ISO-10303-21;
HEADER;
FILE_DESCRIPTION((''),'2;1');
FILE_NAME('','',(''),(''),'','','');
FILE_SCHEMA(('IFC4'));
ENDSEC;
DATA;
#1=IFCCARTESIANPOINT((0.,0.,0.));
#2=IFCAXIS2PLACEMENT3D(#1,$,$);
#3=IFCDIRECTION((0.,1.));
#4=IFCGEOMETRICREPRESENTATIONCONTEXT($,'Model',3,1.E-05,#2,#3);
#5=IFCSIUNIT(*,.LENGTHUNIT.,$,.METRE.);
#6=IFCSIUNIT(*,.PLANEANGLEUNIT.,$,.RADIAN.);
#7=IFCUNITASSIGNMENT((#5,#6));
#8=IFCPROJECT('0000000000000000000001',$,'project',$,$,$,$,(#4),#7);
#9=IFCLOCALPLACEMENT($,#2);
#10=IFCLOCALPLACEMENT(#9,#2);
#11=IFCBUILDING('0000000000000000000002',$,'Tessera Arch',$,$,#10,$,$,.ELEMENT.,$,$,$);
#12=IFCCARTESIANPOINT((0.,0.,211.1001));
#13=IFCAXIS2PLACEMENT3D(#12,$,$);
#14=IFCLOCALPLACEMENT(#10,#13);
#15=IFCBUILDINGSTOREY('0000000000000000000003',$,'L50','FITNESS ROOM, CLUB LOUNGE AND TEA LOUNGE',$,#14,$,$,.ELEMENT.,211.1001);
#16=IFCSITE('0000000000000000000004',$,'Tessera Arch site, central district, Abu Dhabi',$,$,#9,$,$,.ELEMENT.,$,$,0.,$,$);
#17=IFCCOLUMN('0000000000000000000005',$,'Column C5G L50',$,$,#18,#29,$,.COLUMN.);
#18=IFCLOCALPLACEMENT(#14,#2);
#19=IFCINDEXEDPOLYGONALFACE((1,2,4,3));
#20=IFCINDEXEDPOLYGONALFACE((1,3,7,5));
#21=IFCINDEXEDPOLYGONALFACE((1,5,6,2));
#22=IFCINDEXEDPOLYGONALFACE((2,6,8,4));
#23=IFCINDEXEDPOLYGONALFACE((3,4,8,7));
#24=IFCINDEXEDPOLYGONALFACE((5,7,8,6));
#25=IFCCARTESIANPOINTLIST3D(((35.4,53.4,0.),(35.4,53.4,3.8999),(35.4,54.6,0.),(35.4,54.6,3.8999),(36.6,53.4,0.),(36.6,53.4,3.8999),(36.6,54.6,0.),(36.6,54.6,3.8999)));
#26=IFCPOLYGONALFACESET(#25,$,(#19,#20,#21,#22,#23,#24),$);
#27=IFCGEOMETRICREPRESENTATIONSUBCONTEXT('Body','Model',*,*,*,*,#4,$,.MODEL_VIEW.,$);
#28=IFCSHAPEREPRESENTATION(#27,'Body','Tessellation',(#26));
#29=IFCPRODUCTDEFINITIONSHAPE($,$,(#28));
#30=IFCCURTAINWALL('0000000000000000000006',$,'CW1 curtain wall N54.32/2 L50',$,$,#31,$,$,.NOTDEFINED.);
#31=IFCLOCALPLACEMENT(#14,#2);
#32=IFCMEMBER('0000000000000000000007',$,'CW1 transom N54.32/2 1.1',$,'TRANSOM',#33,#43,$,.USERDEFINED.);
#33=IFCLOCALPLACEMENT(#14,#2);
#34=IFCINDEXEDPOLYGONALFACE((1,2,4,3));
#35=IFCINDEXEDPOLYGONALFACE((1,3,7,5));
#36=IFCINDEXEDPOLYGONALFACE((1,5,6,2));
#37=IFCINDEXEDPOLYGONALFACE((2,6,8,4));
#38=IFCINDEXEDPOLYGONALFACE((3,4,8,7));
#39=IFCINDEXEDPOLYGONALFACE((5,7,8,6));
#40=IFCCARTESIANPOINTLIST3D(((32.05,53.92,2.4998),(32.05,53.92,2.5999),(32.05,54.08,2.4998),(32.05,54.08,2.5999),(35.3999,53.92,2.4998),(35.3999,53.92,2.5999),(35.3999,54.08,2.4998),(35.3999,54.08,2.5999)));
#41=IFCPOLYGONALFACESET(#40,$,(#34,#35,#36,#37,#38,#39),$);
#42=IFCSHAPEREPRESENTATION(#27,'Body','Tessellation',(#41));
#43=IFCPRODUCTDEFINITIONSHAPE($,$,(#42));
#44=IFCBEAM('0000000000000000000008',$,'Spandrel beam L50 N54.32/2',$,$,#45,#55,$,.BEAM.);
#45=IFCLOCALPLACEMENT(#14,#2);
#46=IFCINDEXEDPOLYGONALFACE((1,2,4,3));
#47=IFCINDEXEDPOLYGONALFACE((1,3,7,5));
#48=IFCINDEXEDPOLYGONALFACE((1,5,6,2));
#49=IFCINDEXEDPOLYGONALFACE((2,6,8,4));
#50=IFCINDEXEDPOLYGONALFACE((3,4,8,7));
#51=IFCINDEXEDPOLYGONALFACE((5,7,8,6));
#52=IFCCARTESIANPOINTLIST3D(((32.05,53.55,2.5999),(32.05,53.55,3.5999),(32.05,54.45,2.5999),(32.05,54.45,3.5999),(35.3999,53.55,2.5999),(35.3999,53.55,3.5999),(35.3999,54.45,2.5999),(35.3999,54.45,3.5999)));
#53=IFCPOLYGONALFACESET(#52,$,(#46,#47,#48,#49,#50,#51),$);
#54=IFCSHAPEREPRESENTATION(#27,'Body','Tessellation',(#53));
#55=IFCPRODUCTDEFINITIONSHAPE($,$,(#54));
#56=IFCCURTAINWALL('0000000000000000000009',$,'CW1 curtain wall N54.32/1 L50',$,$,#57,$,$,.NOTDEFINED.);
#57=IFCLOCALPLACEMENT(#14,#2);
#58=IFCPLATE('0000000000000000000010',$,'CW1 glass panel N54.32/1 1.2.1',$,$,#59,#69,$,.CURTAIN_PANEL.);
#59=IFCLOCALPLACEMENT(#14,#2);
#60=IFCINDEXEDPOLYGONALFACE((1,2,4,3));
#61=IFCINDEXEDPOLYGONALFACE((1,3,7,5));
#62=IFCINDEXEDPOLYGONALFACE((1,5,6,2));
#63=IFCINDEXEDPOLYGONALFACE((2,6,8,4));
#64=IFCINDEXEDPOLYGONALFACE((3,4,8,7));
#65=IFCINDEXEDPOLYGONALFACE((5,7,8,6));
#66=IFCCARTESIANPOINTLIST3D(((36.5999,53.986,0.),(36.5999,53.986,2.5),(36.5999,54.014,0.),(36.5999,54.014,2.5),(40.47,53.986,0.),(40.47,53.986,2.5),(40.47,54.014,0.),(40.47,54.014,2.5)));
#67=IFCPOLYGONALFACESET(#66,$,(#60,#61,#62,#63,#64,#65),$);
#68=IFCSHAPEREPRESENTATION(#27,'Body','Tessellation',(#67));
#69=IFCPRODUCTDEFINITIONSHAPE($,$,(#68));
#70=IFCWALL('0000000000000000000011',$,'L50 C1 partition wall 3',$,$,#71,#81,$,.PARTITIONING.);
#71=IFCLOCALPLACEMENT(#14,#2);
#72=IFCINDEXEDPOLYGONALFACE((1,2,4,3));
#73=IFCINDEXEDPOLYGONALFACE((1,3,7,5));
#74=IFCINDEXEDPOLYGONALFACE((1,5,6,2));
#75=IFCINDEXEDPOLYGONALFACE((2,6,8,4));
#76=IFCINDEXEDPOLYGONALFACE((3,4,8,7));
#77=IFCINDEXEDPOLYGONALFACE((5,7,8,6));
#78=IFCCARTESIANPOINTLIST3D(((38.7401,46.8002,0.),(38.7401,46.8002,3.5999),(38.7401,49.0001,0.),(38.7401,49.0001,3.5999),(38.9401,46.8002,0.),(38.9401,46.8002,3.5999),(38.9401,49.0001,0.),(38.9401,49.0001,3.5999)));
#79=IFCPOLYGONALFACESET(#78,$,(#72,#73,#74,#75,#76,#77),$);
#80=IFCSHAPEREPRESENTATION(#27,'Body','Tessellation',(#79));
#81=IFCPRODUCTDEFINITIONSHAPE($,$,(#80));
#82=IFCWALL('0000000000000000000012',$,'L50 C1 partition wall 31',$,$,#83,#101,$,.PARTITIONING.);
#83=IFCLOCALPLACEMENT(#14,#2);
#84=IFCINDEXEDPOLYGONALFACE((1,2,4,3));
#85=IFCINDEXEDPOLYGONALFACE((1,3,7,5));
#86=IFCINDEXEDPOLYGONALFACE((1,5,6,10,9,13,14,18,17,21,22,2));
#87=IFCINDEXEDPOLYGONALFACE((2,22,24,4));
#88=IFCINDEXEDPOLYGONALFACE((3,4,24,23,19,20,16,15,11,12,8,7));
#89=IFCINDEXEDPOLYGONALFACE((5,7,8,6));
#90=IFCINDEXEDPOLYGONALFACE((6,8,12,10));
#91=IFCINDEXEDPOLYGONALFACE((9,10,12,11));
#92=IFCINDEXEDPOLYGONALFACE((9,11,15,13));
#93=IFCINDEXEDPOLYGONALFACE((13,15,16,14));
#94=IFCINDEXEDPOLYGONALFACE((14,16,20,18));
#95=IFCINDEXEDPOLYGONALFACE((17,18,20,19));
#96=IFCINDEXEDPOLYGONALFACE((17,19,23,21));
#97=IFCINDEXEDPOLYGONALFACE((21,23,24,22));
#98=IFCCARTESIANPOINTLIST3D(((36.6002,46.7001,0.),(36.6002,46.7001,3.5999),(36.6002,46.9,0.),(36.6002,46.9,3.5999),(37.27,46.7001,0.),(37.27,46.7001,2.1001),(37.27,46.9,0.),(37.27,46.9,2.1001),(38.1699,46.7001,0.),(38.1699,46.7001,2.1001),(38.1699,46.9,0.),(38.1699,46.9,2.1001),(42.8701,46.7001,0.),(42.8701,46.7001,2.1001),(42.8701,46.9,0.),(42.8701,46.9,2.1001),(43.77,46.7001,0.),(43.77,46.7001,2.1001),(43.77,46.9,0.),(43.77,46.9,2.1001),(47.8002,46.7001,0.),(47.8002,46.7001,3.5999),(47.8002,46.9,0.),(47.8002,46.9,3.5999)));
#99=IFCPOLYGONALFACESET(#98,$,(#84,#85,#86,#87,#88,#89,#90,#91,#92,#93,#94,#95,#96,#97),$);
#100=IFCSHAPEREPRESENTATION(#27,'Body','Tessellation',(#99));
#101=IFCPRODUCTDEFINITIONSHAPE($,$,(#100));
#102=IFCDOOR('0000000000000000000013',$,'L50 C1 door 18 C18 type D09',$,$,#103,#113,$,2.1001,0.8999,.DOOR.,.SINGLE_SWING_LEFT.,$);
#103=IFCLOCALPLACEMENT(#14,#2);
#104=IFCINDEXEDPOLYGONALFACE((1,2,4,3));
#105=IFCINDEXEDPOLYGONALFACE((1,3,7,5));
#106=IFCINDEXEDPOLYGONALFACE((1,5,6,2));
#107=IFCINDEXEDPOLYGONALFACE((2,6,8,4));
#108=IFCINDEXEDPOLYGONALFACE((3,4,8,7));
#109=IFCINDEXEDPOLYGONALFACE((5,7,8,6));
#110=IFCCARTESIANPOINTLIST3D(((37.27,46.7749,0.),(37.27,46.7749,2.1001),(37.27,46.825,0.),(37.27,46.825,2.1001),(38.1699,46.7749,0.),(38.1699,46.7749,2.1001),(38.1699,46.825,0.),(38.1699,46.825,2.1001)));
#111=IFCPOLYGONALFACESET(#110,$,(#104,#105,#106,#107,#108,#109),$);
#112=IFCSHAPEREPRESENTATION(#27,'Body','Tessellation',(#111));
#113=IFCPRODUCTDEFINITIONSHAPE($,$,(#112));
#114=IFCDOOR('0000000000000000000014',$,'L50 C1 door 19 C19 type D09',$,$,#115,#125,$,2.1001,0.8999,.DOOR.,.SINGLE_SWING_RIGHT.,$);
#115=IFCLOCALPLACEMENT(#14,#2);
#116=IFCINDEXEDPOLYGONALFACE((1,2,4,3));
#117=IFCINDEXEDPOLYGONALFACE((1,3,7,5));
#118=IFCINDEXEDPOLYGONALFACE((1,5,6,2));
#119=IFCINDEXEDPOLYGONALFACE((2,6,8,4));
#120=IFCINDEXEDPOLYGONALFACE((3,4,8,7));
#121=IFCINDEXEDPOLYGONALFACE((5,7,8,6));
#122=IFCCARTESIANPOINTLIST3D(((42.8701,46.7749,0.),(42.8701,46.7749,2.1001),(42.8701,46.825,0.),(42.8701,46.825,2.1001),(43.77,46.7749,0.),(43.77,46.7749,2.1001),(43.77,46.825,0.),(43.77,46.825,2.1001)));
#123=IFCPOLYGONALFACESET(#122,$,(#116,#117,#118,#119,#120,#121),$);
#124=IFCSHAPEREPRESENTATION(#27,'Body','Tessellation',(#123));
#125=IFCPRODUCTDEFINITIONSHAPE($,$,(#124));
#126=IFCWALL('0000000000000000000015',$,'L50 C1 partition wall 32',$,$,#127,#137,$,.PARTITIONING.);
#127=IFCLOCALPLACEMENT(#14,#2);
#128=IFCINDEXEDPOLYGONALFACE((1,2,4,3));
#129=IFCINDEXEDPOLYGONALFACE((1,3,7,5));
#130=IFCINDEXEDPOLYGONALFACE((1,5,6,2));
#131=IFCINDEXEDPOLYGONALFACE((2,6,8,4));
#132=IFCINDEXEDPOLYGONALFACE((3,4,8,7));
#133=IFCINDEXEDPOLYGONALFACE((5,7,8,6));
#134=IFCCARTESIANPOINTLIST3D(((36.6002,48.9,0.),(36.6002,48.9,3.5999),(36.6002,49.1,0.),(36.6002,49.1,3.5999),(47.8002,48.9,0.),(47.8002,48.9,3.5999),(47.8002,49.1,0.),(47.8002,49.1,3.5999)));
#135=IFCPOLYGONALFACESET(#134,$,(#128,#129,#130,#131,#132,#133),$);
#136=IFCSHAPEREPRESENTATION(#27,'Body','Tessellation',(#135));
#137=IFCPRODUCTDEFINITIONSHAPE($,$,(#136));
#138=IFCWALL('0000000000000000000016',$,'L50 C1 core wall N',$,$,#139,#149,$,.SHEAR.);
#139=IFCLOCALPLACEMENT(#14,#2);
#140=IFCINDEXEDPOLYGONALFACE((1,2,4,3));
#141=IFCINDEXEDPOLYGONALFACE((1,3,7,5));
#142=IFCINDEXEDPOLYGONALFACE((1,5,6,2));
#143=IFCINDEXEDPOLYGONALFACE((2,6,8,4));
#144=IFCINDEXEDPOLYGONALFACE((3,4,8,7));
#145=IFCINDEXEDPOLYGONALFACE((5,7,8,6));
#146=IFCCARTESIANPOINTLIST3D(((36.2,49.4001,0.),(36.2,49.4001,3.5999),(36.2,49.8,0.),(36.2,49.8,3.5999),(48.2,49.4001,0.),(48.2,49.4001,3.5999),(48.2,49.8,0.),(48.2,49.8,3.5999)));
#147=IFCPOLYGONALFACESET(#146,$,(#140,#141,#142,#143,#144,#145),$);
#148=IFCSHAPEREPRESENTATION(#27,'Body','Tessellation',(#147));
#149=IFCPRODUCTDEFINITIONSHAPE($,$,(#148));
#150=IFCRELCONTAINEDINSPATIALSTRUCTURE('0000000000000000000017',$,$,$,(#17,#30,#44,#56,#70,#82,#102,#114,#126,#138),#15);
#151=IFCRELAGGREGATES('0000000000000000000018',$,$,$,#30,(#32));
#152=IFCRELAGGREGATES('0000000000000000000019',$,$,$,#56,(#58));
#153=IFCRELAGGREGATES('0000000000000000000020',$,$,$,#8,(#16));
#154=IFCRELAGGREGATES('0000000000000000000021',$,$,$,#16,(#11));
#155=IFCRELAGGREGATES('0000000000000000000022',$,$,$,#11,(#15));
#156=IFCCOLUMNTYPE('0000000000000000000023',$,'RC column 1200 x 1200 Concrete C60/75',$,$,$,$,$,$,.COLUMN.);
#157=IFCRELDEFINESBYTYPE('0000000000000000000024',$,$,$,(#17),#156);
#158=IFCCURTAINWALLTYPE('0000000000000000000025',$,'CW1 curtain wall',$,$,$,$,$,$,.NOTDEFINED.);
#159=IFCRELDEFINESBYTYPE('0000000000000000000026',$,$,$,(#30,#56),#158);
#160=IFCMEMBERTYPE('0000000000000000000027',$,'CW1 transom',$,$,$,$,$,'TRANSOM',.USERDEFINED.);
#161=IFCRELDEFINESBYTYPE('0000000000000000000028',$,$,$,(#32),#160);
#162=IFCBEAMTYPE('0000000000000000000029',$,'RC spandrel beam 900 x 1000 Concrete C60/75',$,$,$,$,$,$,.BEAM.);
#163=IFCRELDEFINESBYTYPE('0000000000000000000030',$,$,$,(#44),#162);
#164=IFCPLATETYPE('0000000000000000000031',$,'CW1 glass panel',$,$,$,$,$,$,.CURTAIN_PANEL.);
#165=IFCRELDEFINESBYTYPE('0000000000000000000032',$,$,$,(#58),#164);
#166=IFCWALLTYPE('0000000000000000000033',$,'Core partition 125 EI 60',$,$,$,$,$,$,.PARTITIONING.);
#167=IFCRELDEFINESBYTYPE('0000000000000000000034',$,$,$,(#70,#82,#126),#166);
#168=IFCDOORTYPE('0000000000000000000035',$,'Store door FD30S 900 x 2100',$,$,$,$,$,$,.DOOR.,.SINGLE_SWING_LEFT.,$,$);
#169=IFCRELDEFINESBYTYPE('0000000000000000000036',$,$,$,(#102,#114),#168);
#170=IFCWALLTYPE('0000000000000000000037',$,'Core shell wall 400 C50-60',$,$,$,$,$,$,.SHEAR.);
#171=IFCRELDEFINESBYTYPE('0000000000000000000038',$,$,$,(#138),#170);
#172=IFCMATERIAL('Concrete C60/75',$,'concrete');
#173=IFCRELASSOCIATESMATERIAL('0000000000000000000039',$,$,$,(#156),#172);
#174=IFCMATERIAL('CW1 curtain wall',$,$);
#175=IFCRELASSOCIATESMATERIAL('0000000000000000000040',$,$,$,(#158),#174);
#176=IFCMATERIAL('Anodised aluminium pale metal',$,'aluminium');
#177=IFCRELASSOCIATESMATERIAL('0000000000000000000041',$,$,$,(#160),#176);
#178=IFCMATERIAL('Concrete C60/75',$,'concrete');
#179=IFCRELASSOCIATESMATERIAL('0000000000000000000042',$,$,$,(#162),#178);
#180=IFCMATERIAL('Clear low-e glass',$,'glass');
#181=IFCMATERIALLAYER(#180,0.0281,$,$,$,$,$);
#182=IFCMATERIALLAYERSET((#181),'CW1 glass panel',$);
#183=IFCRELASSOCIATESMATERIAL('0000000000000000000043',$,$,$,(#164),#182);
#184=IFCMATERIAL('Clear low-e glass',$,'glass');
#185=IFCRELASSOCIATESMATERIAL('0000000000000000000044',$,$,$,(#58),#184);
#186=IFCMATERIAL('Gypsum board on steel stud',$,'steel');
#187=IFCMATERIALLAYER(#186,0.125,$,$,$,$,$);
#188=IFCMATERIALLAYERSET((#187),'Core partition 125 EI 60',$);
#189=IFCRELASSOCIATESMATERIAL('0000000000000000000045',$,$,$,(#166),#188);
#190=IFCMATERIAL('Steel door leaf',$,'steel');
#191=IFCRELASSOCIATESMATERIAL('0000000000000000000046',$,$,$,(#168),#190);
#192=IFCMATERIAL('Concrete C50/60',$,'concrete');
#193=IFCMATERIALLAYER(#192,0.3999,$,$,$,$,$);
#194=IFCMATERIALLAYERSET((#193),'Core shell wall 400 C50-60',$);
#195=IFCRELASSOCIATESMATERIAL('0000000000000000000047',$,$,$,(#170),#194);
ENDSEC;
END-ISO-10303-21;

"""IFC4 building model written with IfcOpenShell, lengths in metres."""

from ifc_helpers import new_model, si_unit, direction, frame, frame_2d, origin, origin_2d, place, context, subcontext, project, spatial, rectangle, extrude, material, layer, layer_set, material_profile, profile_set, type_object, element, fill, aggregate, save


model = new_model("IFC4")

# Units and contexts
model_context = context("Model", 3, precision=1e-05, world=origin(), true_north=direction((0.0, 1.0)))
body_context = subcontext(model_context, "Body", "Model", "MODEL_VIEW")
ifc_project = project(units=[si_unit("LENGTHUNIT", "METRE"), si_unit("PLANEANGLEUNIT", "RADIAN")], contexts=[model_context])

# Site, building, storey
site_placement = place(None, origin())
site = spatial("IfcSite", under=ifc_project, at=site_placement, Name="Tessera Arch site, central district, Abu Dhabi", CompositionType="ELEMENT", RefElevation=0.0)
building_placement = place(site_placement, origin())
building = spatial("IfcBuilding", under=site, at=building_placement, Name="Tessera Arch", CompositionType="ELEMENT")
storey_placement = place(building_placement, frame((0.0, 0.0, 211.1001)))
storey = spatial("IfcBuildingStorey", under=building, at=storey_placement, Name="L50", Description="FITNESS ROOM, CLUB LOUNGE AND TEA LOUNGE", CompositionType="ELEMENT", Elevation=211.1001)

# Column
ifc_material_1 = material(Name="Concrete C60/75", Category="concrete")
ifc_material_profile_1 = material_profile(ifc_material_1, rectangle(XDim=1.2, YDim=1.2, at=origin_2d()), Name="RC column 1200 x 1200 Concrete C60/75")
ifc_profile_set_1 = profile_set([ifc_material_profile_1], Name="Concrete C60/75")
column_type = type_object("IfcColumnType", Name="RC column 1200 x 1200 Concrete C60/75", PredefinedType="COLUMN", material=ifc_profile_set_1)
column_placement = place(storey_placement, frame((36.0, 54.0, 0.0), z_axis=(0.0, 0.0, 1.0), x_axis=(1.0, 0.0, 0.0)))
element("IfcColumn", 1, at=column_placement, inside=storey, type_object=column_type, Name="Column C5G L50", PredefinedType="COLUMN", context=body_context, shape_type="SweptSolid", body=[
    extrude(rectangle(XDim=1.2, YDim=1.2, at=origin_2d()), origin(), (0.0, 0.0, 1.0), 3.8999),
])

# Curtain wall, member
ifc_material_2 = material(Name="CW1 curtain wall")
curtain_wall_type = type_object("IfcCurtainWallType", Name="CW1 curtain wall", PredefinedType="NOTDEFINED", material=ifc_material_2)
curtain_wall_1_placement = place(storey_placement, origin())
curtain_wall_1 = element("IfcCurtainWall", 2, at=curtain_wall_1_placement, inside=storey, type_object=curtain_wall_type, Name="CW1 curtain wall N54.32/2 L50", PredefinedType="NOTDEFINED")
ifc_material_3 = material(Name="Anodised aluminium pale metal", Category="aluminium")
ifc_material_profile_2 = material_profile(ifc_material_3, rectangle(XDim=0.1599, YDim=0.1001, at=origin_2d()), Name="AL 160x100")
ifc_profile_set_2 = profile_set([ifc_material_profile_2], Name="Anodised aluminium pale metal")
member_type = type_object("IfcMemberType", Name="CW1 transom", ElementType="TRANSOM", PredefinedType="USERDEFINED", material=ifc_profile_set_2)
member_placement = place(storey_placement, frame((35.3999, 54.0, 2.5498), z_axis=(-1.0, 0.0, 0.0), x_axis=(0.0, -1.0, 0.0)))
member = element("IfcMember", 3, at=member_placement, type_object=member_type, Name="CW1 transom N54.32/2 1.1", ObjectType="TRANSOM", PredefinedType="USERDEFINED", context=body_context, shape_type="SweptSolid", body=[
    extrude(rectangle(XDim=0.1599, YDim=0.1001, at=origin_2d()), origin(), (0.0, 0.0, 1.0), 3.3499),
])
aggregate(curtain_wall_1, [member])

# Beam
ifc_material_4 = material(Name="Concrete C60/75", Category="concrete")
ifc_material_profile_3 = material_profile(ifc_material_4, rectangle(XDim=0.8999, YDim=1.0, at=origin_2d()), Name="RC spandrel beam 900 x 1000 Concrete C60/75")
ifc_profile_set_3 = profile_set([ifc_material_profile_3], Name="Concrete C60/75")
beam_type = type_object("IfcBeamType", Name="RC spandrel beam 900 x 1000 Concrete C60/75", PredefinedType="BEAM", material=ifc_profile_set_3)
beam_placement = place(storey_placement, frame((35.3999, 54.0, 3.0999), z_axis=(-1.0, 0.0, 0.0), x_axis=(0.0, -1.0, 0.0)))
element("IfcBeam", 4, at=beam_placement, inside=storey, type_object=beam_type, Name="Spandrel beam L50 N54.32/2", PredefinedType="BEAM", context=body_context, shape_type="SweptSolid", body=[
    extrude(rectangle(XDim=0.8999, YDim=1.0, at=origin_2d()), origin(), (0.0, 0.0, 1.0), 3.3499),
])

# Curtain wall, plate
curtain_wall_2_placement = place(storey_placement, origin())
curtain_wall_2 = element("IfcCurtainWall", 5, at=curtain_wall_2_placement, inside=storey, type_object=curtain_wall_type, Name="CW1 curtain wall N54.32/1 L50", PredefinedType="NOTDEFINED")
ifc_material_5 = material(Name="Clear low-e glass", Category="glass")
ifc_material_6 = material(Name="Clear low-e glass", Category="glass")
ifc_layer_1 = layer(ifc_material_6, 0.0281)
ifc_layer_set_1 = layer_set([ifc_layer_1], Name="CW1 glass panel")
plate_type = type_object("IfcPlateType", Name="CW1 glass panel", PredefinedType="CURTAIN_PANEL", material=ifc_layer_set_1)
plate_placement = place(storey_placement, frame((38.5349, 54.0, 0.0), z_axis=(0.0, 0.0, 1.0), x_axis=(-1.0, 0.0, 0.0)))
plate = element("IfcPlate", 6, at=plate_placement, type_object=plate_type, material=ifc_material_5, Name="CW1 glass panel N54.32/1 1.2.1", PredefinedType="CURTAIN_PANEL", context=body_context, shape_type="SweptSolid", body=[
    extrude(rectangle(XDim=3.8701, YDim=0.0281, at=origin_2d()), origin(), (0.0, 0.0, 1.0), 2.5),
])
aggregate(curtain_wall_2, [plate])

# Wall
ifc_material_7 = material(Name="Gypsum board on steel stud", Category="steel")
ifc_layer_2 = layer(ifc_material_7, 0.125)
ifc_layer_set_2 = layer_set([ifc_layer_2], Name="Core partition 125 EI 60")
wall_type_1 = type_object("IfcWallType", Name="Core partition 125 EI 60", PredefinedType="PARTITIONING", material=ifc_layer_set_2)
wall_1_placement = place(storey_placement, frame((38.8401, 46.8, 0.0), z_axis=(0.0, 0.0, 1.0), x_axis=(0.0, 1.0, 0.0)))
element("IfcWall", 7, at=wall_1_placement, inside=storey, type_object=wall_type_1, Name="L50 C1 partition wall 3", PredefinedType="PARTITIONING", context=body_context, shape_type="SweptSolid", body=[
    extrude(rectangle(XDim=2.2, YDim=0.2, at=frame_2d((1.1001, 0.0))), origin(), (0.0, 0.0, 1.0), 3.5999),
])

# Wall, openings, doors
wall_2_placement = place(storey_placement, frame((36.6001, 46.8, 0.0), z_axis=(0.0, 0.0, 1.0), x_axis=(1.0, 0.0, 0.0)))
wall_2 = element("IfcWall", 8, at=wall_2_placement, inside=storey, type_object=wall_type_1, Name="L50 C1 partition wall 31", PredefinedType="PARTITIONING", context=body_context, shape_type="SweptSolid", body=[
    extrude(rectangle(XDim=11.2, YDim=0.2, at=frame_2d((5.6001, 0.0))), origin(), (0.0, 0.0, 1.0), 3.5999),
])
opening_1_placement = place(wall_2_placement, frame((0.6699, 0.0, 0.0)))
opening_1 = element("IfcOpeningElement", 9, at=opening_1_placement, cuts=wall_2, PredefinedType="OPENING", context=body_context, shape_type="SweptSolid", body=[
    extrude(rectangle(XDim=0.8999, YDim=2.1001, at=frame_2d((0.45, 1.05))), frame((0.0, 0.1099, 0.0), z_axis=(0.0, -1.0, 0.0), x_axis=(1.0, 0.0, 0.0)), (0.0, 0.0, 1.0), 0.22),
])
opening_2_placement = place(wall_2_placement, frame((6.27, 0.0, 0.0)))
opening_2 = element("IfcOpeningElement", 10, at=opening_2_placement, cuts=wall_2, PredefinedType="OPENING", context=body_context, shape_type="SweptSolid", body=[
    extrude(rectangle(XDim=0.8999, YDim=2.1001, at=frame_2d((0.45, 1.05))), frame((0.0, 0.1099, 0.0), z_axis=(0.0, -1.0, 0.0), x_axis=(1.0, 0.0, 0.0)), (0.0, 0.0, 1.0), 0.22),
])
ifc_material_8 = material(Name="Steel door leaf", Category="steel")
door_type_1 = type_object("IfcDoorType", Name="Store door FD30S 900 x 2100", OperationType="SINGLE_SWING_LEFT", PredefinedType="DOOR", material=ifc_material_8)
door_1_placement = place(opening_1_placement, origin())
door_1 = element("IfcDoor", 11, at=door_1_placement, inside=storey, type_object=door_type_1, Name="L50 C1 door 18 C18 type D09", OperationType="SINGLE_SWING_LEFT", OverallHeight=2.1001, OverallWidth=0.8999, PredefinedType="DOOR", context=body_context, shape_type="SweptSolid", body=[
    extrude(rectangle(XDim=0.8999, YDim=2.1001, at=frame_2d((0.45, 1.05))), frame((0.0, 0.0249, 0.0), z_axis=(0.0, -1.0, 0.0), x_axis=(1.0, 0.0, 0.0)), (0.0, 0.0, 1.0), 0.05),
])
fill(opening_1, door_1)
door_2_placement = place(opening_2_placement, origin())
door_2 = element("IfcDoor", 12, at=door_2_placement, inside=storey, type_object=door_type_1, Name="L50 C1 door 19 C19 type D09", OperationType="SINGLE_SWING_RIGHT", OverallHeight=2.1001, OverallWidth=0.8999, PredefinedType="DOOR", context=body_context, shape_type="SweptSolid", body=[
    extrude(rectangle(XDim=0.8999, YDim=2.1001, at=frame_2d((0.45, 1.05))), frame((0.0, 0.0249, 0.0), z_axis=(0.0, -1.0, 0.0), x_axis=(1.0, 0.0, 0.0)), (0.0, 0.0, 1.0), 0.05),
])
fill(opening_2, door_2)

# Walls
wall_3_placement = place(storey_placement, frame((36.6001, 49.0, 0.0), z_axis=(0.0, 0.0, 1.0), x_axis=(1.0, 0.0, 0.0)))
element("IfcWall", 13, at=wall_3_placement, inside=storey, type_object=wall_type_1, Name="L50 C1 partition wall 32", PredefinedType="PARTITIONING", context=body_context, shape_type="SweptSolid", body=[
    extrude(rectangle(XDim=11.2, YDim=0.2, at=frame_2d((5.6001, 0.0))), origin(), (0.0, 0.0, 1.0), 3.5999),
])
ifc_material_9 = material(Name="Concrete C50/60", Category="concrete")
ifc_layer_3 = layer(ifc_material_9, 0.3999)
ifc_layer_set_3 = layer_set([ifc_layer_3], Name="Core shell wall 400 C50-60")
wall_type_2 = type_object("IfcWallType", Name="Core shell wall 400 C50-60", PredefinedType="SHEAR", material=ifc_layer_set_3)
wall_4_placement = place(storey_placement, frame((36.2, 49.6001, 0.0), z_axis=(0.0, 0.0, 1.0), x_axis=(1.0, 0.0, 0.0)))
element("IfcWall", 14, at=wall_4_placement, inside=storey, type_object=wall_type_2, Name="L50 C1 core wall N", PredefinedType="SHEAR", context=body_context, shape_type="SweptSolid", body=[
    extrude(rectangle(XDim=12.0, YDim=0.3999, at=frame_2d((6.0, 0.0))), origin(), (0.0, 0.0, 1.0), 3.5999),
])

save(model, "model.ifc")
